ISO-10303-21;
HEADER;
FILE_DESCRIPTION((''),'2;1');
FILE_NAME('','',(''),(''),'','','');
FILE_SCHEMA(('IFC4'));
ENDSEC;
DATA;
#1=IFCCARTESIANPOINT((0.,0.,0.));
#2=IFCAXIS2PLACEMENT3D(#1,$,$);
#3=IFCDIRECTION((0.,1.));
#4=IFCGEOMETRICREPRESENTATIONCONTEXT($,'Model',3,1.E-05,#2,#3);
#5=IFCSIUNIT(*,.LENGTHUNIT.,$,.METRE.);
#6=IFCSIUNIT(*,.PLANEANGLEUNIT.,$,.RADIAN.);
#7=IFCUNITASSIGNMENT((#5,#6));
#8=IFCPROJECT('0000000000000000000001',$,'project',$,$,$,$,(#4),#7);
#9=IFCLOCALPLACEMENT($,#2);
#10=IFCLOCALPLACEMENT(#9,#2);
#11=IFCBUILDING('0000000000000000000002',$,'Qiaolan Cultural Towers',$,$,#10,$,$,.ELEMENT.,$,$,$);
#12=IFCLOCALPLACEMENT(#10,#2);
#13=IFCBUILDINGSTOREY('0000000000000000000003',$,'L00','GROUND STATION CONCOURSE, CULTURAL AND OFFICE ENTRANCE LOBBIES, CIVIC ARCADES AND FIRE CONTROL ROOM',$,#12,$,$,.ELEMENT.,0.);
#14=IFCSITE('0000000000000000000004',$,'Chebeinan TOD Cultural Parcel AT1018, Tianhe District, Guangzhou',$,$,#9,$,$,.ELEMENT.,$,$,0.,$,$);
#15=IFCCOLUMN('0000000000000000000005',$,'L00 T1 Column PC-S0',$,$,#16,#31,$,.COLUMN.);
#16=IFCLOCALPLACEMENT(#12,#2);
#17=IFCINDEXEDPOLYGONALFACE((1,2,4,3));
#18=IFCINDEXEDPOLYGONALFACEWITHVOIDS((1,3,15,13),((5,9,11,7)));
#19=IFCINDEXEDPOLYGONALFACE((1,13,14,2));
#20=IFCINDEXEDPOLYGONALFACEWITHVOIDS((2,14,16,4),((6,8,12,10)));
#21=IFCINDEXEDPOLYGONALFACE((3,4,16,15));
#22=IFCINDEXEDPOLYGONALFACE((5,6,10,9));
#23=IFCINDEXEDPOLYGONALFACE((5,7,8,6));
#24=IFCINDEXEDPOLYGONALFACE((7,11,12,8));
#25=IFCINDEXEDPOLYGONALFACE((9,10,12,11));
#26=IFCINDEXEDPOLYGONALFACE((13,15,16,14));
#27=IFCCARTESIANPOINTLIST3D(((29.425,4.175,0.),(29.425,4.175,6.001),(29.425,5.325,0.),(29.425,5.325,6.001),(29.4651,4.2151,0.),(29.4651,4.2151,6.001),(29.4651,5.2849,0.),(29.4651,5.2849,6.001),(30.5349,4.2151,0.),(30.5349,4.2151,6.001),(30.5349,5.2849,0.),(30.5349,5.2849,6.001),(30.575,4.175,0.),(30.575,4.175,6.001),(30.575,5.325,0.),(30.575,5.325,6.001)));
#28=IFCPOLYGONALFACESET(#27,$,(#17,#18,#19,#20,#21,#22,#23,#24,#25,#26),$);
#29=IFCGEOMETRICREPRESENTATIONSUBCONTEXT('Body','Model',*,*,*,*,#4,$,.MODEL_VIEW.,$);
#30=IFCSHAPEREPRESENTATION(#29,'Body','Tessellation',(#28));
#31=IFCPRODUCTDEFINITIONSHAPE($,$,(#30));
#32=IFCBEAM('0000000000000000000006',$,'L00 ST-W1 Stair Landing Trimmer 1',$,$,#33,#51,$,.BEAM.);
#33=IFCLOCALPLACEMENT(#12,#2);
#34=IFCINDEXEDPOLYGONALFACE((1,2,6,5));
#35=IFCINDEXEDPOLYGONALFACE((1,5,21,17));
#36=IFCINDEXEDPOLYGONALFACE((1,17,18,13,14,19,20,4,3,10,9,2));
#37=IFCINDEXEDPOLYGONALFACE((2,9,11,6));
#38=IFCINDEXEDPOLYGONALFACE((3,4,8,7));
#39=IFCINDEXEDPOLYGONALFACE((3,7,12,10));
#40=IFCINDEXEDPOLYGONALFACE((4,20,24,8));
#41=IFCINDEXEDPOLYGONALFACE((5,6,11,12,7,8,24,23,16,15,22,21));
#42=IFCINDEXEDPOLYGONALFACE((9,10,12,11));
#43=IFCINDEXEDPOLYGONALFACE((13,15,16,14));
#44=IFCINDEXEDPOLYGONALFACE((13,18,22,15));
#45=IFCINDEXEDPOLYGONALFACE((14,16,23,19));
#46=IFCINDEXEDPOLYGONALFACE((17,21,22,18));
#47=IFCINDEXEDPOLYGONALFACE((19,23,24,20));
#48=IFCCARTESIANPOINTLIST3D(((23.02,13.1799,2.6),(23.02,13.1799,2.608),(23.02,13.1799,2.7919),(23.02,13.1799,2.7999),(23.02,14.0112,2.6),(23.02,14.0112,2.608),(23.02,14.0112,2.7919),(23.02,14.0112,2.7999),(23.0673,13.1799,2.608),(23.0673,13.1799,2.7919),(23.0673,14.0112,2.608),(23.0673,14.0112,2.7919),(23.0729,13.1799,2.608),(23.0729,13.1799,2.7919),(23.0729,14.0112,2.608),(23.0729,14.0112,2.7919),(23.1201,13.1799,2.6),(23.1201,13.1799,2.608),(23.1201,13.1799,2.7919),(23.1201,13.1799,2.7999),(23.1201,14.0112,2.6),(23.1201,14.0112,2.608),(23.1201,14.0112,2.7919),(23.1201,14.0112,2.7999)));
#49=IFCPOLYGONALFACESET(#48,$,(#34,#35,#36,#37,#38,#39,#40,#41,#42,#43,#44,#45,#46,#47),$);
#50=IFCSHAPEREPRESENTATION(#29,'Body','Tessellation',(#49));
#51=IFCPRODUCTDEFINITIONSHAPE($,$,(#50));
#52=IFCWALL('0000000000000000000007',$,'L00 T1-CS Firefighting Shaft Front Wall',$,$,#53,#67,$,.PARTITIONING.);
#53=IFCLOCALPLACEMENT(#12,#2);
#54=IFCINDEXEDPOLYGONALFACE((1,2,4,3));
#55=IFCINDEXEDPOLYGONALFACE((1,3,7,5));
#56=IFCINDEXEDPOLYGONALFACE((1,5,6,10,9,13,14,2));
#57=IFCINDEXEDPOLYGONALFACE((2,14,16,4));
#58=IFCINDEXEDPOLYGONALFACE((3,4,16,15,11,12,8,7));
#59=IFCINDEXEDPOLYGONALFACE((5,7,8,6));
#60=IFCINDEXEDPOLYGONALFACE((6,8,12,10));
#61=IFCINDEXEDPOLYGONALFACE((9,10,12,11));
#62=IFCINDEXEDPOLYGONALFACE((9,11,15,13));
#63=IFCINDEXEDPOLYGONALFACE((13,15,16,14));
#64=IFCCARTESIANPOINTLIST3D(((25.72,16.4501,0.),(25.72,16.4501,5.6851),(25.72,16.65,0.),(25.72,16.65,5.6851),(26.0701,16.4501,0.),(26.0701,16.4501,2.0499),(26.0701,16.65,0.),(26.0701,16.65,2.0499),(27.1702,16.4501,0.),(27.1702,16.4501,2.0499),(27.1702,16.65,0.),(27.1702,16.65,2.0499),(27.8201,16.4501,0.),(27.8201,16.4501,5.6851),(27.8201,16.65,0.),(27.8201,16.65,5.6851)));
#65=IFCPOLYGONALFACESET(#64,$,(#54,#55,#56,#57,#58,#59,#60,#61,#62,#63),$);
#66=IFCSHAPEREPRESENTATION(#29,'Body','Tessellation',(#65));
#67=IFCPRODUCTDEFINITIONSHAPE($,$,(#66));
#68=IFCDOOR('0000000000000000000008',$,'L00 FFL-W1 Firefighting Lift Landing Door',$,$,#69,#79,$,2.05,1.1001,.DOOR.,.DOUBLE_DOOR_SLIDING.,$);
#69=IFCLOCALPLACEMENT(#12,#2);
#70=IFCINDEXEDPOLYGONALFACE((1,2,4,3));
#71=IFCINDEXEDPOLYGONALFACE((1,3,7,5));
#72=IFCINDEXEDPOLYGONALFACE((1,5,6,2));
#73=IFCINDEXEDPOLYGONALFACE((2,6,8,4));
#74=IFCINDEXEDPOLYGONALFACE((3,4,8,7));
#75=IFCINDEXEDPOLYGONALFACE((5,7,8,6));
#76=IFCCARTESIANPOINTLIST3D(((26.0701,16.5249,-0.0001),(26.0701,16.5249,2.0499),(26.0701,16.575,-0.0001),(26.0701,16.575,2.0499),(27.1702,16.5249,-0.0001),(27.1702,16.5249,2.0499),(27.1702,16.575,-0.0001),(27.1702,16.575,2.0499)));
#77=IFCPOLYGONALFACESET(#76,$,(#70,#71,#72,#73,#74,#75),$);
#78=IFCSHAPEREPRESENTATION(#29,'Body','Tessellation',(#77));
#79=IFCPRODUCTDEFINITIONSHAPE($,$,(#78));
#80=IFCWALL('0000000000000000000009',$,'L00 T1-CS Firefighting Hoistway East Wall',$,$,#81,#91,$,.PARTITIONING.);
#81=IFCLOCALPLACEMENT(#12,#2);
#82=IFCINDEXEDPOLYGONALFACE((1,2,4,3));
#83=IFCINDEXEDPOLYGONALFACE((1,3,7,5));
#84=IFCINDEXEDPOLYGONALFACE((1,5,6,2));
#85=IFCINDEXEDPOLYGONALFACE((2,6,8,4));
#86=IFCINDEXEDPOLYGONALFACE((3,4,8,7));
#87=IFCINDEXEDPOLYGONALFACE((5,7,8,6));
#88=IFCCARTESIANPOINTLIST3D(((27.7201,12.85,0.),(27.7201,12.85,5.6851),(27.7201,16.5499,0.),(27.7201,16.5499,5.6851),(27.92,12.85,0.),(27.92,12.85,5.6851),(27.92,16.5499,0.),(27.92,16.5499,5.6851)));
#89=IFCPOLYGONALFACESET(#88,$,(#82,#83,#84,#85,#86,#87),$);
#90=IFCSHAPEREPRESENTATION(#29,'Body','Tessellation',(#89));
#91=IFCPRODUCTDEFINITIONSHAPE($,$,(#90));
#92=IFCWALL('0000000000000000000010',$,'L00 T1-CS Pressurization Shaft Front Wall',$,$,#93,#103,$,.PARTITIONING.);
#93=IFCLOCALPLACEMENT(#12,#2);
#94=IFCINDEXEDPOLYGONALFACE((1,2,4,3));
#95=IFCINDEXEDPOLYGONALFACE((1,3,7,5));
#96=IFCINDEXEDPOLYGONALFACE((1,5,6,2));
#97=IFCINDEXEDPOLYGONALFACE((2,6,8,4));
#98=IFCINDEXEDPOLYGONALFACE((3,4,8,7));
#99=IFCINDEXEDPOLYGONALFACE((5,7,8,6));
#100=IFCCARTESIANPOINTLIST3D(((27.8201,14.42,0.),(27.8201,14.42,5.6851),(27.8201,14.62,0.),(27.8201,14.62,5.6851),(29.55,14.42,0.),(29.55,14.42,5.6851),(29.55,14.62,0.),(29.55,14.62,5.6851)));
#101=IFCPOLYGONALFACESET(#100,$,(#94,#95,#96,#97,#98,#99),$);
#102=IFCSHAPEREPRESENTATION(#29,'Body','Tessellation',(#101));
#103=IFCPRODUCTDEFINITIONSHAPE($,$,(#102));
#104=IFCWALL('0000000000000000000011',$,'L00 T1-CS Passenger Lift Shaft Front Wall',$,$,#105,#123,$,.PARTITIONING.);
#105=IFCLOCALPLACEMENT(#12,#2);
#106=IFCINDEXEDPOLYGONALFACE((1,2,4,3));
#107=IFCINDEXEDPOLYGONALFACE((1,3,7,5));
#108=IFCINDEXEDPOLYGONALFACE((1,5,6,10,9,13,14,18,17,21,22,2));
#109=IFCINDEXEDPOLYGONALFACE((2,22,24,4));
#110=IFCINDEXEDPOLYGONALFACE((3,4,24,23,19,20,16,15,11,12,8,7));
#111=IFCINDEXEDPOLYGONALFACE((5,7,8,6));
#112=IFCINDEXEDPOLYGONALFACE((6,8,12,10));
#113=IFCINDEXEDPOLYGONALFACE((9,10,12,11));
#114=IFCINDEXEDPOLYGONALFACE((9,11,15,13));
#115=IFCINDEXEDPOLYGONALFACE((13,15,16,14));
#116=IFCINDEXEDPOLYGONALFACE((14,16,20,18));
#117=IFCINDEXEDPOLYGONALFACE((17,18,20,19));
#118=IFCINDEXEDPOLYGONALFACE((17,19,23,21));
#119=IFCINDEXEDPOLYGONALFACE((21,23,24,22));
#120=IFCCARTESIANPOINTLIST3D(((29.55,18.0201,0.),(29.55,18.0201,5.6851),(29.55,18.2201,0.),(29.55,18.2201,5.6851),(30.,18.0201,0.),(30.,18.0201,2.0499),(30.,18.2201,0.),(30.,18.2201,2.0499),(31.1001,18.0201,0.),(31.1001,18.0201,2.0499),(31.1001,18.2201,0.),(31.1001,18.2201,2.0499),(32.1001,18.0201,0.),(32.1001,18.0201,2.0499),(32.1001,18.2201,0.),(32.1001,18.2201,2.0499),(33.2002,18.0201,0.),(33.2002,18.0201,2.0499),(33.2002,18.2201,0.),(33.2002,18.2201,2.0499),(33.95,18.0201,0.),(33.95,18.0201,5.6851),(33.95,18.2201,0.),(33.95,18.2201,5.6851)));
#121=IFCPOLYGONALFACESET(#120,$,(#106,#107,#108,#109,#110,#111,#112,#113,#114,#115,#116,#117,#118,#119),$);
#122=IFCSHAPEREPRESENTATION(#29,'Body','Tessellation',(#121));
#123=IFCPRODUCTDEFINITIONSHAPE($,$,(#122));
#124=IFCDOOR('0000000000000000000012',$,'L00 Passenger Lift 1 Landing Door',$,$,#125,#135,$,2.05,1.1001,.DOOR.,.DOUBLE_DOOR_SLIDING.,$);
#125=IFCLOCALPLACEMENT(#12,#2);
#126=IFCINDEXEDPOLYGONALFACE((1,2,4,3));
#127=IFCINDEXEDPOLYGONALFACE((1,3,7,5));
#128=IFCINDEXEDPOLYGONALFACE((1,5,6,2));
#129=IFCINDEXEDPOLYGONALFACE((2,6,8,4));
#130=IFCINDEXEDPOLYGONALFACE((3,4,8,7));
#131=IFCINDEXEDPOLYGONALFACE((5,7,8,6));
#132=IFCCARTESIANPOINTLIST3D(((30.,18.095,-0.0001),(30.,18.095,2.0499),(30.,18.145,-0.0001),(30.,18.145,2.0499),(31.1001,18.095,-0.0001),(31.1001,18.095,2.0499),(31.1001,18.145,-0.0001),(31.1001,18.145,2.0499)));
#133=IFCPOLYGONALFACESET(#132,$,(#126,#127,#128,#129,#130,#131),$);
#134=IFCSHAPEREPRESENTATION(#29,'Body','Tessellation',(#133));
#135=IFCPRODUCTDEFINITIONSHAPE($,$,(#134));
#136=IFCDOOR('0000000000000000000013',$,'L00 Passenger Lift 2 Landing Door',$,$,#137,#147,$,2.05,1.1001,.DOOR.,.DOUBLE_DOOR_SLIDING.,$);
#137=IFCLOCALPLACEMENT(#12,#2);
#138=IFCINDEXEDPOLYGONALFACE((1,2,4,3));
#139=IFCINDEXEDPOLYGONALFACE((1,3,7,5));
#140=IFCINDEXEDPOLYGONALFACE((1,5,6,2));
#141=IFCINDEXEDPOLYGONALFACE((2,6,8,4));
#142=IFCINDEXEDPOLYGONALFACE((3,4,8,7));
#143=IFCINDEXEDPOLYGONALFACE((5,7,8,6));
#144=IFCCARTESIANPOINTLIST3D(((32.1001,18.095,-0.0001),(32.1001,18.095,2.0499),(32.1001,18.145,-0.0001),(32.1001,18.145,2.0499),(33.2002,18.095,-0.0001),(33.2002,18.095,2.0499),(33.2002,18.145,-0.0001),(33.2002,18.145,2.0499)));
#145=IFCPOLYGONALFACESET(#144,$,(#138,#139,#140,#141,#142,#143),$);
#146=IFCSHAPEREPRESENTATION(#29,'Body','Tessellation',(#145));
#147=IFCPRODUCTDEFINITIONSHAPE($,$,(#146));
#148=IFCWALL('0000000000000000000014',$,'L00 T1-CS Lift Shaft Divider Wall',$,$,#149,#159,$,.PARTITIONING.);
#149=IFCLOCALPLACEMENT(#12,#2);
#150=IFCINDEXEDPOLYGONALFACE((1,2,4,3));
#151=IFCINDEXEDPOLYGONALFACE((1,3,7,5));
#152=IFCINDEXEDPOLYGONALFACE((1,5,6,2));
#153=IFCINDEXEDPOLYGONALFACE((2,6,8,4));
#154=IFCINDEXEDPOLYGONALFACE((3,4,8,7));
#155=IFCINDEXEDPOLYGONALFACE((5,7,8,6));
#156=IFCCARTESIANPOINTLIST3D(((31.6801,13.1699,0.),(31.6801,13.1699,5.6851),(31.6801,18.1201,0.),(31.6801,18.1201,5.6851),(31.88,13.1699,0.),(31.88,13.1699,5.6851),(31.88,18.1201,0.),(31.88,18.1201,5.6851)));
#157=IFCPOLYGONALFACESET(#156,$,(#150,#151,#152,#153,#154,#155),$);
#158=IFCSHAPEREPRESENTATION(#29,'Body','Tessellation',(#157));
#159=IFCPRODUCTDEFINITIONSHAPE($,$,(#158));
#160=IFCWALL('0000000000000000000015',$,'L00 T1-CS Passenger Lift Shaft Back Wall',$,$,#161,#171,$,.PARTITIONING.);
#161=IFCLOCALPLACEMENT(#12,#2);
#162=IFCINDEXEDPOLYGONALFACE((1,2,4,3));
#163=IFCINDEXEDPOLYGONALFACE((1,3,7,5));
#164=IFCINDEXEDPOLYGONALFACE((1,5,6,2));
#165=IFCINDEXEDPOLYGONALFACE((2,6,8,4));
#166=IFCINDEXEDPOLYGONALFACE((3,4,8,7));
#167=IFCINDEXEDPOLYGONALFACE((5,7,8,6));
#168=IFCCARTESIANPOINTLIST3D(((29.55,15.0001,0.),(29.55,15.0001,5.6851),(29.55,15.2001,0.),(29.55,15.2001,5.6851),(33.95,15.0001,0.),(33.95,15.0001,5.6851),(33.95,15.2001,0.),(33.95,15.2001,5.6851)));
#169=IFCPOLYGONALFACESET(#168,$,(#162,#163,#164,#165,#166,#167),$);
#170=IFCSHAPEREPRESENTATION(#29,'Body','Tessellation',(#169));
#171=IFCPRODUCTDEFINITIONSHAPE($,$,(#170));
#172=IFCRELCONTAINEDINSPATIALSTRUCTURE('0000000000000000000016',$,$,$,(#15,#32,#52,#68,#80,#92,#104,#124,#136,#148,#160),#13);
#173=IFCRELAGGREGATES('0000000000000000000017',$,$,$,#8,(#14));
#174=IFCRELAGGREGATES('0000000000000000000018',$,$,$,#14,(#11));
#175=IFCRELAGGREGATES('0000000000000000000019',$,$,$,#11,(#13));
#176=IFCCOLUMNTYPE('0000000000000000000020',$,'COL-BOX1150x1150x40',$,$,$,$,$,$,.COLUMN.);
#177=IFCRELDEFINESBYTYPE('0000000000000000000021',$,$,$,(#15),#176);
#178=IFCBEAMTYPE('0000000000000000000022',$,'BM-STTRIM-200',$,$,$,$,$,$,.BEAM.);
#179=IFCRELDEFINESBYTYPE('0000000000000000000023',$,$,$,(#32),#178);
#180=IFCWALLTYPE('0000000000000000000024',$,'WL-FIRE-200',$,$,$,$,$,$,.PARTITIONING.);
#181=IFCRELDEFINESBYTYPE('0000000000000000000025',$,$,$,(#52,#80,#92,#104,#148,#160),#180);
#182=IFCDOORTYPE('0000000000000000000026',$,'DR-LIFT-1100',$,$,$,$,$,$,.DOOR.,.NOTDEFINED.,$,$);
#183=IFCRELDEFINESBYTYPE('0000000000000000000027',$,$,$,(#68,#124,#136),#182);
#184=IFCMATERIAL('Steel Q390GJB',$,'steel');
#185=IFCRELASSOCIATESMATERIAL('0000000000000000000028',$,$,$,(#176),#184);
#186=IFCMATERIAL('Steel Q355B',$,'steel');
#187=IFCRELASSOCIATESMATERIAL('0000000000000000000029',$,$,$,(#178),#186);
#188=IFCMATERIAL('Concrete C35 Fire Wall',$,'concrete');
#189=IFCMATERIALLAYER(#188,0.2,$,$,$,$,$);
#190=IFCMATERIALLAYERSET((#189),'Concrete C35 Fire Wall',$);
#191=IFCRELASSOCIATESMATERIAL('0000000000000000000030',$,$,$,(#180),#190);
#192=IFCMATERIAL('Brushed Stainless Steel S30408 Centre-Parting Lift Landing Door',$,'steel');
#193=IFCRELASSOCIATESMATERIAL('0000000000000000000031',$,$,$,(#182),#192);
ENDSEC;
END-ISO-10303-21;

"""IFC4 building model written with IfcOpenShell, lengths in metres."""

from ifc_helpers import new_model, si_unit, direction, frame, frame_2d, origin, origin_2d, place, context, subcontext, project, spatial, rectangle, hollow_rectangle, i_section, extrude, material, layer, layer_set, material_profile, profile_set, type_object, element, fill, save


model = new_model("IFC4")

# Units and contexts
model_context = context("Model", 3, precision=1e-05, world=origin(), true_north=direction((0.0, 1.0)))
body_context = subcontext(model_context, "Body", "Model", "MODEL_VIEW")
ifc_project = project(units=[si_unit("LENGTHUNIT", "METRE"), si_unit("PLANEANGLEUNIT", "RADIAN")], contexts=[model_context])

# Site, building, storey
site_placement = place(None, origin())
site = spatial("IfcSite", under=ifc_project, at=site_placement, Name="Chebeinan TOD Cultural Parcel AT1018, Tianhe District, Guangzhou", CompositionType="ELEMENT", RefElevation=0.0)
building_placement = place(site_placement, origin())
building = spatial("IfcBuilding", under=site, at=building_placement, Name="Qiaolan Cultural Towers", CompositionType="ELEMENT")
storey_placement = place(building_placement, origin())
storey = spatial("IfcBuildingStorey", under=building, at=storey_placement, Name="L00", Description="GROUND STATION CONCOURSE, CULTURAL AND OFFICE ENTRANCE LOBBIES, CIVIC ARCADES AND FIRE CONTROL ROOM", CompositionType="ELEMENT", Elevation=0.0)

# Column
ifc_material_1 = material(Name="Steel Q390GJB", Category="steel")
ifc_material_profile_1 = material_profile(ifc_material_1, hollow_rectangle(XDim=1.1499, YDim=1.1499, WallThickness=0.04, at=origin_2d()), Name="BOX1150x1150x40")
ifc_profile_set_1 = profile_set([ifc_material_profile_1], Name="Steel Q390GJB")
column_type = type_object("IfcColumnType", Name="COL-BOX1150x1150x40", PredefinedType="COLUMN", material=ifc_profile_set_1)
column_placement = place(storey_placement, frame((30.0, 4.75, 0.0), z_axis=(0.0, 0.0, 1.0), x_axis=(1.0, 0.0, 0.0)))
element("IfcColumn", 1, at=column_placement, inside=storey, type_object=column_type, Name="L00 T1 Column PC-S0", PredefinedType="COLUMN", context=body_context, shape_type="SweptSolid", body=[
    extrude(hollow_rectangle(XDim=1.1499, YDim=1.1499, WallThickness=0.04, at=origin_2d()), origin(), (0.0, 0.0, 1.0), 6.001),
])

# Beam
ifc_material_2 = material(Name="Steel Q355B", Category="steel")
ifc_material_profile_2 = material_profile(ifc_material_2, i_section(OverallWidth=0.1001, OverallDepth=0.2, WebThickness=0.0056, FlangeThickness=0.0081, at=origin_2d()), Name="HN200x100x5.5x8")
ifc_profile_set_2 = profile_set([ifc_material_profile_2], Name="Steel Q355B")
beam_type = type_object("IfcBeamType", Name="BM-STTRIM-200", PredefinedType="BEAM", material=ifc_profile_set_2)
beam_placement = place(storey_placement, frame((23.0701, 14.0112, 2.7), z_axis=(0.0, -1.0, 0.0), x_axis=(1.0, 0.0, 0.0)))
element("IfcBeam", 2, at=beam_placement, inside=storey, type_object=beam_type, Name="L00 ST-W1 Stair Landing Trimmer 1", PredefinedType="BEAM", context=body_context, shape_type="SweptSolid", body=[
    extrude(i_section(OverallWidth=0.1001, OverallDepth=0.2, WebThickness=0.0056, FlangeThickness=0.0081, at=origin_2d()), origin(), (0.0, 0.0, 1.0), 0.8313),
])

# Wall, opening, door
ifc_material_3 = material(Name="Concrete C35 Fire Wall", Category="concrete")
ifc_layer = layer(ifc_material_3, 0.2)
ifc_layer_set = layer_set([ifc_layer], Name="Concrete C35 Fire Wall")
wall_type = type_object("IfcWallType", Name="WL-FIRE-200", PredefinedType="PARTITIONING", material=ifc_layer_set)
wall_1_placement = place(storey_placement, frame((25.72, 16.55, 0.0), z_axis=(0.0, 0.0, 1.0), x_axis=(1.0, 0.0, 0.0)))
wall_1 = element("IfcWall", 3, at=wall_1_placement, inside=storey, type_object=wall_type, Name="L00 T1-CS Firefighting Shaft Front Wall", PredefinedType="PARTITIONING", context=body_context, shape_type="SweptSolid", body=[
    extrude(rectangle(XDim=2.1001, YDim=0.2, at=frame_2d((1.05, 0.0))), origin(), (0.0, 0.0, 1.0), 5.6851),
])
opening_1_placement = place(wall_1_placement, frame((0.3501, 0.0, 0.0)))
opening_1 = element("IfcOpeningElement", 4, at=opening_1_placement, cuts=wall_1, PredefinedType="OPENING", context=body_context, shape_type="SweptSolid", body=[
    extrude(rectangle(XDim=1.1001, YDim=2.05, at=frame_2d((0.55, 1.0249))), frame((0.0, 0.1099, 0.0), z_axis=(0.0, -1.0, 0.0), x_axis=(1.0, 0.0, 0.0)), (0.0, 0.0, 1.0), 0.22),
])
ifc_material_4 = material(Name="Brushed Stainless Steel S30408 Centre-Parting Lift Landing Door", Category="steel")
door_type = type_object("IfcDoorType", Name="DR-LIFT-1100", OperationType="NOTDEFINED", PredefinedType="DOOR", material=ifc_material_4)
door_1_placement = place(opening_1_placement, origin())
door_1 = element("IfcDoor", 5, at=door_1_placement, inside=storey, type_object=door_type, Name="L00 FFL-W1 Firefighting Lift Landing Door", OperationType="DOUBLE_DOOR_SLIDING", OverallHeight=2.05, OverallWidth=1.1001, PredefinedType="DOOR", context=body_context, shape_type="SweptSolid", body=[
    extrude(rectangle(XDim=1.1001, YDim=2.05, at=frame_2d((0.55, 1.0249))), frame((0.0, 0.0249, 0.0), z_axis=(0.0, -1.0, 0.0), x_axis=(1.0, 0.0, 0.0)), (0.0, 0.0, 1.0), 0.05),
])
fill(opening_1, door_1)

# Walls
wall_2_placement = place(storey_placement, frame((27.8201, 16.55, 0.0), z_axis=(0.0, 0.0, 1.0), x_axis=(0.0, -1.0, 0.0)))
element("IfcWall", 6, at=wall_2_placement, inside=storey, type_object=wall_type, Name="L00 T1-CS Firefighting Hoistway East Wall", PredefinedType="PARTITIONING", context=body_context, shape_type="SweptSolid", body=[
    extrude(rectangle(XDim=3.7, YDim=0.2, at=frame_2d((1.8501, 0.0))), origin(), (0.0, 0.0, 1.0), 5.6851),
])
wall_3_placement = place(storey_placement, frame((27.8201, 14.52, 0.0), z_axis=(0.0, 0.0, 1.0), x_axis=(1.0, 0.0, 0.0)))
element("IfcWall", 7, at=wall_3_placement, inside=storey, type_object=wall_type, Name="L00 T1-CS Pressurization Shaft Front Wall", PredefinedType="PARTITIONING", context=body_context, shape_type="SweptSolid", body=[
    extrude(rectangle(XDim=1.73, YDim=0.2, at=frame_2d((0.865, 0.0))), origin(), (0.0, 0.0, 1.0), 5.6851),
])

# Wall, openings, doors
wall_4_placement = place(storey_placement, frame((29.55, 18.1201, 0.0), z_axis=(0.0, 0.0, 1.0), x_axis=(1.0, 0.0, 0.0)))
wall_4 = element("IfcWall", 8, at=wall_4_placement, inside=storey, type_object=wall_type, Name="L00 T1-CS Passenger Lift Shaft Front Wall", PredefinedType="PARTITIONING", context=body_context, shape_type="SweptSolid", body=[
    extrude(rectangle(XDim=4.3999, YDim=0.2, at=frame_2d((2.2, 0.0))), origin(), (0.0, 0.0, 1.0), 5.6851),
])
opening_2_placement = place(wall_4_placement, frame((0.45, 0.0, 0.0)))
opening_2 = element("IfcOpeningElement", 9, at=opening_2_placement, cuts=wall_4, PredefinedType="OPENING", context=body_context, shape_type="SweptSolid", body=[
    extrude(rectangle(XDim=1.1001, YDim=2.05, at=frame_2d((0.55, 1.0249))), frame((0.0, 0.1099, 0.0), z_axis=(0.0, -1.0, 0.0), x_axis=(1.0, 0.0, 0.0)), (0.0, 0.0, 1.0), 0.22),
])
opening_3_placement = place(wall_4_placement, frame((2.55, 0.0, 0.0)))
opening_3 = element("IfcOpeningElement", 10, at=opening_3_placement, cuts=wall_4, PredefinedType="OPENING", context=body_context, shape_type="SweptSolid", body=[
    extrude(rectangle(XDim=1.1001, YDim=2.05, at=frame_2d((0.55, 1.0249))), frame((0.0, 0.1099, 0.0), z_axis=(0.0, -1.0, 0.0), x_axis=(1.0, 0.0, 0.0)), (0.0, 0.0, 1.0), 0.22),
])
door_2_placement = place(opening_2_placement, origin())
door_2 = element("IfcDoor", 11, at=door_2_placement, inside=storey, type_object=door_type, Name="L00 Passenger Lift 1 Landing Door", OperationType="DOUBLE_DOOR_SLIDING", OverallHeight=2.05, OverallWidth=1.1001, PredefinedType="DOOR", context=body_context, shape_type="SweptSolid", body=[
    extrude(rectangle(XDim=1.1001, YDim=2.05, at=frame_2d((0.55, 1.0249))), frame((0.0, 0.0249, 0.0), z_axis=(0.0, -1.0, 0.0), x_axis=(1.0, 0.0, 0.0)), (0.0, 0.0, 1.0), 0.05),
])
fill(opening_2, door_2)
door_3_placement = place(opening_3_placement, origin())
door_3 = element("IfcDoor", 12, at=door_3_placement, inside=storey, type_object=door_type, Name="L00 Passenger Lift 2 Landing Door", OperationType="DOUBLE_DOOR_SLIDING", OverallHeight=2.05, OverallWidth=1.1001, PredefinedType="DOOR", context=body_context, shape_type="SweptSolid", body=[
    extrude(rectangle(XDim=1.1001, YDim=2.05, at=frame_2d((0.55, 1.0249))), frame((0.0, 0.0249, 0.0), z_axis=(0.0, -1.0, 0.0), x_axis=(1.0, 0.0, 0.0)), (0.0, 0.0, 1.0), 0.05),
])
fill(opening_3, door_3)

# Walls
wall_5_placement = place(storey_placement, frame((31.78, 18.1201, 0.0), z_axis=(0.0, 0.0, 1.0), x_axis=(0.0, -1.0, 0.0)))
element("IfcWall", 13, at=wall_5_placement, inside=storey, type_object=wall_type, Name="L00 T1-CS Lift Shaft Divider Wall", PredefinedType="PARTITIONING", context=body_context, shape_type="SweptSolid", body=[
    extrude(rectangle(XDim=4.9502, YDim=0.2, at=frame_2d((2.4751, 0.0))), origin(), (0.0, 0.0, 1.0), 5.6851),
])
wall_6_placement = place(storey_placement, frame((29.55, 15.1001, 0.0), z_axis=(0.0, 0.0, 1.0), x_axis=(1.0, 0.0, 0.0)))
element("IfcWall", 14, at=wall_6_placement, inside=storey, type_object=wall_type, Name="L00 T1-CS Passenger Lift Shaft Back Wall", PredefinedType="PARTITIONING", context=body_context, shape_type="SweptSolid", body=[
    extrude(rectangle(XDim=4.3999, YDim=0.2, at=frame_2d((2.2, 0.0))), origin(), (0.0, 0.0, 1.0), 5.6851),
])

save(model, "model.ifc")
